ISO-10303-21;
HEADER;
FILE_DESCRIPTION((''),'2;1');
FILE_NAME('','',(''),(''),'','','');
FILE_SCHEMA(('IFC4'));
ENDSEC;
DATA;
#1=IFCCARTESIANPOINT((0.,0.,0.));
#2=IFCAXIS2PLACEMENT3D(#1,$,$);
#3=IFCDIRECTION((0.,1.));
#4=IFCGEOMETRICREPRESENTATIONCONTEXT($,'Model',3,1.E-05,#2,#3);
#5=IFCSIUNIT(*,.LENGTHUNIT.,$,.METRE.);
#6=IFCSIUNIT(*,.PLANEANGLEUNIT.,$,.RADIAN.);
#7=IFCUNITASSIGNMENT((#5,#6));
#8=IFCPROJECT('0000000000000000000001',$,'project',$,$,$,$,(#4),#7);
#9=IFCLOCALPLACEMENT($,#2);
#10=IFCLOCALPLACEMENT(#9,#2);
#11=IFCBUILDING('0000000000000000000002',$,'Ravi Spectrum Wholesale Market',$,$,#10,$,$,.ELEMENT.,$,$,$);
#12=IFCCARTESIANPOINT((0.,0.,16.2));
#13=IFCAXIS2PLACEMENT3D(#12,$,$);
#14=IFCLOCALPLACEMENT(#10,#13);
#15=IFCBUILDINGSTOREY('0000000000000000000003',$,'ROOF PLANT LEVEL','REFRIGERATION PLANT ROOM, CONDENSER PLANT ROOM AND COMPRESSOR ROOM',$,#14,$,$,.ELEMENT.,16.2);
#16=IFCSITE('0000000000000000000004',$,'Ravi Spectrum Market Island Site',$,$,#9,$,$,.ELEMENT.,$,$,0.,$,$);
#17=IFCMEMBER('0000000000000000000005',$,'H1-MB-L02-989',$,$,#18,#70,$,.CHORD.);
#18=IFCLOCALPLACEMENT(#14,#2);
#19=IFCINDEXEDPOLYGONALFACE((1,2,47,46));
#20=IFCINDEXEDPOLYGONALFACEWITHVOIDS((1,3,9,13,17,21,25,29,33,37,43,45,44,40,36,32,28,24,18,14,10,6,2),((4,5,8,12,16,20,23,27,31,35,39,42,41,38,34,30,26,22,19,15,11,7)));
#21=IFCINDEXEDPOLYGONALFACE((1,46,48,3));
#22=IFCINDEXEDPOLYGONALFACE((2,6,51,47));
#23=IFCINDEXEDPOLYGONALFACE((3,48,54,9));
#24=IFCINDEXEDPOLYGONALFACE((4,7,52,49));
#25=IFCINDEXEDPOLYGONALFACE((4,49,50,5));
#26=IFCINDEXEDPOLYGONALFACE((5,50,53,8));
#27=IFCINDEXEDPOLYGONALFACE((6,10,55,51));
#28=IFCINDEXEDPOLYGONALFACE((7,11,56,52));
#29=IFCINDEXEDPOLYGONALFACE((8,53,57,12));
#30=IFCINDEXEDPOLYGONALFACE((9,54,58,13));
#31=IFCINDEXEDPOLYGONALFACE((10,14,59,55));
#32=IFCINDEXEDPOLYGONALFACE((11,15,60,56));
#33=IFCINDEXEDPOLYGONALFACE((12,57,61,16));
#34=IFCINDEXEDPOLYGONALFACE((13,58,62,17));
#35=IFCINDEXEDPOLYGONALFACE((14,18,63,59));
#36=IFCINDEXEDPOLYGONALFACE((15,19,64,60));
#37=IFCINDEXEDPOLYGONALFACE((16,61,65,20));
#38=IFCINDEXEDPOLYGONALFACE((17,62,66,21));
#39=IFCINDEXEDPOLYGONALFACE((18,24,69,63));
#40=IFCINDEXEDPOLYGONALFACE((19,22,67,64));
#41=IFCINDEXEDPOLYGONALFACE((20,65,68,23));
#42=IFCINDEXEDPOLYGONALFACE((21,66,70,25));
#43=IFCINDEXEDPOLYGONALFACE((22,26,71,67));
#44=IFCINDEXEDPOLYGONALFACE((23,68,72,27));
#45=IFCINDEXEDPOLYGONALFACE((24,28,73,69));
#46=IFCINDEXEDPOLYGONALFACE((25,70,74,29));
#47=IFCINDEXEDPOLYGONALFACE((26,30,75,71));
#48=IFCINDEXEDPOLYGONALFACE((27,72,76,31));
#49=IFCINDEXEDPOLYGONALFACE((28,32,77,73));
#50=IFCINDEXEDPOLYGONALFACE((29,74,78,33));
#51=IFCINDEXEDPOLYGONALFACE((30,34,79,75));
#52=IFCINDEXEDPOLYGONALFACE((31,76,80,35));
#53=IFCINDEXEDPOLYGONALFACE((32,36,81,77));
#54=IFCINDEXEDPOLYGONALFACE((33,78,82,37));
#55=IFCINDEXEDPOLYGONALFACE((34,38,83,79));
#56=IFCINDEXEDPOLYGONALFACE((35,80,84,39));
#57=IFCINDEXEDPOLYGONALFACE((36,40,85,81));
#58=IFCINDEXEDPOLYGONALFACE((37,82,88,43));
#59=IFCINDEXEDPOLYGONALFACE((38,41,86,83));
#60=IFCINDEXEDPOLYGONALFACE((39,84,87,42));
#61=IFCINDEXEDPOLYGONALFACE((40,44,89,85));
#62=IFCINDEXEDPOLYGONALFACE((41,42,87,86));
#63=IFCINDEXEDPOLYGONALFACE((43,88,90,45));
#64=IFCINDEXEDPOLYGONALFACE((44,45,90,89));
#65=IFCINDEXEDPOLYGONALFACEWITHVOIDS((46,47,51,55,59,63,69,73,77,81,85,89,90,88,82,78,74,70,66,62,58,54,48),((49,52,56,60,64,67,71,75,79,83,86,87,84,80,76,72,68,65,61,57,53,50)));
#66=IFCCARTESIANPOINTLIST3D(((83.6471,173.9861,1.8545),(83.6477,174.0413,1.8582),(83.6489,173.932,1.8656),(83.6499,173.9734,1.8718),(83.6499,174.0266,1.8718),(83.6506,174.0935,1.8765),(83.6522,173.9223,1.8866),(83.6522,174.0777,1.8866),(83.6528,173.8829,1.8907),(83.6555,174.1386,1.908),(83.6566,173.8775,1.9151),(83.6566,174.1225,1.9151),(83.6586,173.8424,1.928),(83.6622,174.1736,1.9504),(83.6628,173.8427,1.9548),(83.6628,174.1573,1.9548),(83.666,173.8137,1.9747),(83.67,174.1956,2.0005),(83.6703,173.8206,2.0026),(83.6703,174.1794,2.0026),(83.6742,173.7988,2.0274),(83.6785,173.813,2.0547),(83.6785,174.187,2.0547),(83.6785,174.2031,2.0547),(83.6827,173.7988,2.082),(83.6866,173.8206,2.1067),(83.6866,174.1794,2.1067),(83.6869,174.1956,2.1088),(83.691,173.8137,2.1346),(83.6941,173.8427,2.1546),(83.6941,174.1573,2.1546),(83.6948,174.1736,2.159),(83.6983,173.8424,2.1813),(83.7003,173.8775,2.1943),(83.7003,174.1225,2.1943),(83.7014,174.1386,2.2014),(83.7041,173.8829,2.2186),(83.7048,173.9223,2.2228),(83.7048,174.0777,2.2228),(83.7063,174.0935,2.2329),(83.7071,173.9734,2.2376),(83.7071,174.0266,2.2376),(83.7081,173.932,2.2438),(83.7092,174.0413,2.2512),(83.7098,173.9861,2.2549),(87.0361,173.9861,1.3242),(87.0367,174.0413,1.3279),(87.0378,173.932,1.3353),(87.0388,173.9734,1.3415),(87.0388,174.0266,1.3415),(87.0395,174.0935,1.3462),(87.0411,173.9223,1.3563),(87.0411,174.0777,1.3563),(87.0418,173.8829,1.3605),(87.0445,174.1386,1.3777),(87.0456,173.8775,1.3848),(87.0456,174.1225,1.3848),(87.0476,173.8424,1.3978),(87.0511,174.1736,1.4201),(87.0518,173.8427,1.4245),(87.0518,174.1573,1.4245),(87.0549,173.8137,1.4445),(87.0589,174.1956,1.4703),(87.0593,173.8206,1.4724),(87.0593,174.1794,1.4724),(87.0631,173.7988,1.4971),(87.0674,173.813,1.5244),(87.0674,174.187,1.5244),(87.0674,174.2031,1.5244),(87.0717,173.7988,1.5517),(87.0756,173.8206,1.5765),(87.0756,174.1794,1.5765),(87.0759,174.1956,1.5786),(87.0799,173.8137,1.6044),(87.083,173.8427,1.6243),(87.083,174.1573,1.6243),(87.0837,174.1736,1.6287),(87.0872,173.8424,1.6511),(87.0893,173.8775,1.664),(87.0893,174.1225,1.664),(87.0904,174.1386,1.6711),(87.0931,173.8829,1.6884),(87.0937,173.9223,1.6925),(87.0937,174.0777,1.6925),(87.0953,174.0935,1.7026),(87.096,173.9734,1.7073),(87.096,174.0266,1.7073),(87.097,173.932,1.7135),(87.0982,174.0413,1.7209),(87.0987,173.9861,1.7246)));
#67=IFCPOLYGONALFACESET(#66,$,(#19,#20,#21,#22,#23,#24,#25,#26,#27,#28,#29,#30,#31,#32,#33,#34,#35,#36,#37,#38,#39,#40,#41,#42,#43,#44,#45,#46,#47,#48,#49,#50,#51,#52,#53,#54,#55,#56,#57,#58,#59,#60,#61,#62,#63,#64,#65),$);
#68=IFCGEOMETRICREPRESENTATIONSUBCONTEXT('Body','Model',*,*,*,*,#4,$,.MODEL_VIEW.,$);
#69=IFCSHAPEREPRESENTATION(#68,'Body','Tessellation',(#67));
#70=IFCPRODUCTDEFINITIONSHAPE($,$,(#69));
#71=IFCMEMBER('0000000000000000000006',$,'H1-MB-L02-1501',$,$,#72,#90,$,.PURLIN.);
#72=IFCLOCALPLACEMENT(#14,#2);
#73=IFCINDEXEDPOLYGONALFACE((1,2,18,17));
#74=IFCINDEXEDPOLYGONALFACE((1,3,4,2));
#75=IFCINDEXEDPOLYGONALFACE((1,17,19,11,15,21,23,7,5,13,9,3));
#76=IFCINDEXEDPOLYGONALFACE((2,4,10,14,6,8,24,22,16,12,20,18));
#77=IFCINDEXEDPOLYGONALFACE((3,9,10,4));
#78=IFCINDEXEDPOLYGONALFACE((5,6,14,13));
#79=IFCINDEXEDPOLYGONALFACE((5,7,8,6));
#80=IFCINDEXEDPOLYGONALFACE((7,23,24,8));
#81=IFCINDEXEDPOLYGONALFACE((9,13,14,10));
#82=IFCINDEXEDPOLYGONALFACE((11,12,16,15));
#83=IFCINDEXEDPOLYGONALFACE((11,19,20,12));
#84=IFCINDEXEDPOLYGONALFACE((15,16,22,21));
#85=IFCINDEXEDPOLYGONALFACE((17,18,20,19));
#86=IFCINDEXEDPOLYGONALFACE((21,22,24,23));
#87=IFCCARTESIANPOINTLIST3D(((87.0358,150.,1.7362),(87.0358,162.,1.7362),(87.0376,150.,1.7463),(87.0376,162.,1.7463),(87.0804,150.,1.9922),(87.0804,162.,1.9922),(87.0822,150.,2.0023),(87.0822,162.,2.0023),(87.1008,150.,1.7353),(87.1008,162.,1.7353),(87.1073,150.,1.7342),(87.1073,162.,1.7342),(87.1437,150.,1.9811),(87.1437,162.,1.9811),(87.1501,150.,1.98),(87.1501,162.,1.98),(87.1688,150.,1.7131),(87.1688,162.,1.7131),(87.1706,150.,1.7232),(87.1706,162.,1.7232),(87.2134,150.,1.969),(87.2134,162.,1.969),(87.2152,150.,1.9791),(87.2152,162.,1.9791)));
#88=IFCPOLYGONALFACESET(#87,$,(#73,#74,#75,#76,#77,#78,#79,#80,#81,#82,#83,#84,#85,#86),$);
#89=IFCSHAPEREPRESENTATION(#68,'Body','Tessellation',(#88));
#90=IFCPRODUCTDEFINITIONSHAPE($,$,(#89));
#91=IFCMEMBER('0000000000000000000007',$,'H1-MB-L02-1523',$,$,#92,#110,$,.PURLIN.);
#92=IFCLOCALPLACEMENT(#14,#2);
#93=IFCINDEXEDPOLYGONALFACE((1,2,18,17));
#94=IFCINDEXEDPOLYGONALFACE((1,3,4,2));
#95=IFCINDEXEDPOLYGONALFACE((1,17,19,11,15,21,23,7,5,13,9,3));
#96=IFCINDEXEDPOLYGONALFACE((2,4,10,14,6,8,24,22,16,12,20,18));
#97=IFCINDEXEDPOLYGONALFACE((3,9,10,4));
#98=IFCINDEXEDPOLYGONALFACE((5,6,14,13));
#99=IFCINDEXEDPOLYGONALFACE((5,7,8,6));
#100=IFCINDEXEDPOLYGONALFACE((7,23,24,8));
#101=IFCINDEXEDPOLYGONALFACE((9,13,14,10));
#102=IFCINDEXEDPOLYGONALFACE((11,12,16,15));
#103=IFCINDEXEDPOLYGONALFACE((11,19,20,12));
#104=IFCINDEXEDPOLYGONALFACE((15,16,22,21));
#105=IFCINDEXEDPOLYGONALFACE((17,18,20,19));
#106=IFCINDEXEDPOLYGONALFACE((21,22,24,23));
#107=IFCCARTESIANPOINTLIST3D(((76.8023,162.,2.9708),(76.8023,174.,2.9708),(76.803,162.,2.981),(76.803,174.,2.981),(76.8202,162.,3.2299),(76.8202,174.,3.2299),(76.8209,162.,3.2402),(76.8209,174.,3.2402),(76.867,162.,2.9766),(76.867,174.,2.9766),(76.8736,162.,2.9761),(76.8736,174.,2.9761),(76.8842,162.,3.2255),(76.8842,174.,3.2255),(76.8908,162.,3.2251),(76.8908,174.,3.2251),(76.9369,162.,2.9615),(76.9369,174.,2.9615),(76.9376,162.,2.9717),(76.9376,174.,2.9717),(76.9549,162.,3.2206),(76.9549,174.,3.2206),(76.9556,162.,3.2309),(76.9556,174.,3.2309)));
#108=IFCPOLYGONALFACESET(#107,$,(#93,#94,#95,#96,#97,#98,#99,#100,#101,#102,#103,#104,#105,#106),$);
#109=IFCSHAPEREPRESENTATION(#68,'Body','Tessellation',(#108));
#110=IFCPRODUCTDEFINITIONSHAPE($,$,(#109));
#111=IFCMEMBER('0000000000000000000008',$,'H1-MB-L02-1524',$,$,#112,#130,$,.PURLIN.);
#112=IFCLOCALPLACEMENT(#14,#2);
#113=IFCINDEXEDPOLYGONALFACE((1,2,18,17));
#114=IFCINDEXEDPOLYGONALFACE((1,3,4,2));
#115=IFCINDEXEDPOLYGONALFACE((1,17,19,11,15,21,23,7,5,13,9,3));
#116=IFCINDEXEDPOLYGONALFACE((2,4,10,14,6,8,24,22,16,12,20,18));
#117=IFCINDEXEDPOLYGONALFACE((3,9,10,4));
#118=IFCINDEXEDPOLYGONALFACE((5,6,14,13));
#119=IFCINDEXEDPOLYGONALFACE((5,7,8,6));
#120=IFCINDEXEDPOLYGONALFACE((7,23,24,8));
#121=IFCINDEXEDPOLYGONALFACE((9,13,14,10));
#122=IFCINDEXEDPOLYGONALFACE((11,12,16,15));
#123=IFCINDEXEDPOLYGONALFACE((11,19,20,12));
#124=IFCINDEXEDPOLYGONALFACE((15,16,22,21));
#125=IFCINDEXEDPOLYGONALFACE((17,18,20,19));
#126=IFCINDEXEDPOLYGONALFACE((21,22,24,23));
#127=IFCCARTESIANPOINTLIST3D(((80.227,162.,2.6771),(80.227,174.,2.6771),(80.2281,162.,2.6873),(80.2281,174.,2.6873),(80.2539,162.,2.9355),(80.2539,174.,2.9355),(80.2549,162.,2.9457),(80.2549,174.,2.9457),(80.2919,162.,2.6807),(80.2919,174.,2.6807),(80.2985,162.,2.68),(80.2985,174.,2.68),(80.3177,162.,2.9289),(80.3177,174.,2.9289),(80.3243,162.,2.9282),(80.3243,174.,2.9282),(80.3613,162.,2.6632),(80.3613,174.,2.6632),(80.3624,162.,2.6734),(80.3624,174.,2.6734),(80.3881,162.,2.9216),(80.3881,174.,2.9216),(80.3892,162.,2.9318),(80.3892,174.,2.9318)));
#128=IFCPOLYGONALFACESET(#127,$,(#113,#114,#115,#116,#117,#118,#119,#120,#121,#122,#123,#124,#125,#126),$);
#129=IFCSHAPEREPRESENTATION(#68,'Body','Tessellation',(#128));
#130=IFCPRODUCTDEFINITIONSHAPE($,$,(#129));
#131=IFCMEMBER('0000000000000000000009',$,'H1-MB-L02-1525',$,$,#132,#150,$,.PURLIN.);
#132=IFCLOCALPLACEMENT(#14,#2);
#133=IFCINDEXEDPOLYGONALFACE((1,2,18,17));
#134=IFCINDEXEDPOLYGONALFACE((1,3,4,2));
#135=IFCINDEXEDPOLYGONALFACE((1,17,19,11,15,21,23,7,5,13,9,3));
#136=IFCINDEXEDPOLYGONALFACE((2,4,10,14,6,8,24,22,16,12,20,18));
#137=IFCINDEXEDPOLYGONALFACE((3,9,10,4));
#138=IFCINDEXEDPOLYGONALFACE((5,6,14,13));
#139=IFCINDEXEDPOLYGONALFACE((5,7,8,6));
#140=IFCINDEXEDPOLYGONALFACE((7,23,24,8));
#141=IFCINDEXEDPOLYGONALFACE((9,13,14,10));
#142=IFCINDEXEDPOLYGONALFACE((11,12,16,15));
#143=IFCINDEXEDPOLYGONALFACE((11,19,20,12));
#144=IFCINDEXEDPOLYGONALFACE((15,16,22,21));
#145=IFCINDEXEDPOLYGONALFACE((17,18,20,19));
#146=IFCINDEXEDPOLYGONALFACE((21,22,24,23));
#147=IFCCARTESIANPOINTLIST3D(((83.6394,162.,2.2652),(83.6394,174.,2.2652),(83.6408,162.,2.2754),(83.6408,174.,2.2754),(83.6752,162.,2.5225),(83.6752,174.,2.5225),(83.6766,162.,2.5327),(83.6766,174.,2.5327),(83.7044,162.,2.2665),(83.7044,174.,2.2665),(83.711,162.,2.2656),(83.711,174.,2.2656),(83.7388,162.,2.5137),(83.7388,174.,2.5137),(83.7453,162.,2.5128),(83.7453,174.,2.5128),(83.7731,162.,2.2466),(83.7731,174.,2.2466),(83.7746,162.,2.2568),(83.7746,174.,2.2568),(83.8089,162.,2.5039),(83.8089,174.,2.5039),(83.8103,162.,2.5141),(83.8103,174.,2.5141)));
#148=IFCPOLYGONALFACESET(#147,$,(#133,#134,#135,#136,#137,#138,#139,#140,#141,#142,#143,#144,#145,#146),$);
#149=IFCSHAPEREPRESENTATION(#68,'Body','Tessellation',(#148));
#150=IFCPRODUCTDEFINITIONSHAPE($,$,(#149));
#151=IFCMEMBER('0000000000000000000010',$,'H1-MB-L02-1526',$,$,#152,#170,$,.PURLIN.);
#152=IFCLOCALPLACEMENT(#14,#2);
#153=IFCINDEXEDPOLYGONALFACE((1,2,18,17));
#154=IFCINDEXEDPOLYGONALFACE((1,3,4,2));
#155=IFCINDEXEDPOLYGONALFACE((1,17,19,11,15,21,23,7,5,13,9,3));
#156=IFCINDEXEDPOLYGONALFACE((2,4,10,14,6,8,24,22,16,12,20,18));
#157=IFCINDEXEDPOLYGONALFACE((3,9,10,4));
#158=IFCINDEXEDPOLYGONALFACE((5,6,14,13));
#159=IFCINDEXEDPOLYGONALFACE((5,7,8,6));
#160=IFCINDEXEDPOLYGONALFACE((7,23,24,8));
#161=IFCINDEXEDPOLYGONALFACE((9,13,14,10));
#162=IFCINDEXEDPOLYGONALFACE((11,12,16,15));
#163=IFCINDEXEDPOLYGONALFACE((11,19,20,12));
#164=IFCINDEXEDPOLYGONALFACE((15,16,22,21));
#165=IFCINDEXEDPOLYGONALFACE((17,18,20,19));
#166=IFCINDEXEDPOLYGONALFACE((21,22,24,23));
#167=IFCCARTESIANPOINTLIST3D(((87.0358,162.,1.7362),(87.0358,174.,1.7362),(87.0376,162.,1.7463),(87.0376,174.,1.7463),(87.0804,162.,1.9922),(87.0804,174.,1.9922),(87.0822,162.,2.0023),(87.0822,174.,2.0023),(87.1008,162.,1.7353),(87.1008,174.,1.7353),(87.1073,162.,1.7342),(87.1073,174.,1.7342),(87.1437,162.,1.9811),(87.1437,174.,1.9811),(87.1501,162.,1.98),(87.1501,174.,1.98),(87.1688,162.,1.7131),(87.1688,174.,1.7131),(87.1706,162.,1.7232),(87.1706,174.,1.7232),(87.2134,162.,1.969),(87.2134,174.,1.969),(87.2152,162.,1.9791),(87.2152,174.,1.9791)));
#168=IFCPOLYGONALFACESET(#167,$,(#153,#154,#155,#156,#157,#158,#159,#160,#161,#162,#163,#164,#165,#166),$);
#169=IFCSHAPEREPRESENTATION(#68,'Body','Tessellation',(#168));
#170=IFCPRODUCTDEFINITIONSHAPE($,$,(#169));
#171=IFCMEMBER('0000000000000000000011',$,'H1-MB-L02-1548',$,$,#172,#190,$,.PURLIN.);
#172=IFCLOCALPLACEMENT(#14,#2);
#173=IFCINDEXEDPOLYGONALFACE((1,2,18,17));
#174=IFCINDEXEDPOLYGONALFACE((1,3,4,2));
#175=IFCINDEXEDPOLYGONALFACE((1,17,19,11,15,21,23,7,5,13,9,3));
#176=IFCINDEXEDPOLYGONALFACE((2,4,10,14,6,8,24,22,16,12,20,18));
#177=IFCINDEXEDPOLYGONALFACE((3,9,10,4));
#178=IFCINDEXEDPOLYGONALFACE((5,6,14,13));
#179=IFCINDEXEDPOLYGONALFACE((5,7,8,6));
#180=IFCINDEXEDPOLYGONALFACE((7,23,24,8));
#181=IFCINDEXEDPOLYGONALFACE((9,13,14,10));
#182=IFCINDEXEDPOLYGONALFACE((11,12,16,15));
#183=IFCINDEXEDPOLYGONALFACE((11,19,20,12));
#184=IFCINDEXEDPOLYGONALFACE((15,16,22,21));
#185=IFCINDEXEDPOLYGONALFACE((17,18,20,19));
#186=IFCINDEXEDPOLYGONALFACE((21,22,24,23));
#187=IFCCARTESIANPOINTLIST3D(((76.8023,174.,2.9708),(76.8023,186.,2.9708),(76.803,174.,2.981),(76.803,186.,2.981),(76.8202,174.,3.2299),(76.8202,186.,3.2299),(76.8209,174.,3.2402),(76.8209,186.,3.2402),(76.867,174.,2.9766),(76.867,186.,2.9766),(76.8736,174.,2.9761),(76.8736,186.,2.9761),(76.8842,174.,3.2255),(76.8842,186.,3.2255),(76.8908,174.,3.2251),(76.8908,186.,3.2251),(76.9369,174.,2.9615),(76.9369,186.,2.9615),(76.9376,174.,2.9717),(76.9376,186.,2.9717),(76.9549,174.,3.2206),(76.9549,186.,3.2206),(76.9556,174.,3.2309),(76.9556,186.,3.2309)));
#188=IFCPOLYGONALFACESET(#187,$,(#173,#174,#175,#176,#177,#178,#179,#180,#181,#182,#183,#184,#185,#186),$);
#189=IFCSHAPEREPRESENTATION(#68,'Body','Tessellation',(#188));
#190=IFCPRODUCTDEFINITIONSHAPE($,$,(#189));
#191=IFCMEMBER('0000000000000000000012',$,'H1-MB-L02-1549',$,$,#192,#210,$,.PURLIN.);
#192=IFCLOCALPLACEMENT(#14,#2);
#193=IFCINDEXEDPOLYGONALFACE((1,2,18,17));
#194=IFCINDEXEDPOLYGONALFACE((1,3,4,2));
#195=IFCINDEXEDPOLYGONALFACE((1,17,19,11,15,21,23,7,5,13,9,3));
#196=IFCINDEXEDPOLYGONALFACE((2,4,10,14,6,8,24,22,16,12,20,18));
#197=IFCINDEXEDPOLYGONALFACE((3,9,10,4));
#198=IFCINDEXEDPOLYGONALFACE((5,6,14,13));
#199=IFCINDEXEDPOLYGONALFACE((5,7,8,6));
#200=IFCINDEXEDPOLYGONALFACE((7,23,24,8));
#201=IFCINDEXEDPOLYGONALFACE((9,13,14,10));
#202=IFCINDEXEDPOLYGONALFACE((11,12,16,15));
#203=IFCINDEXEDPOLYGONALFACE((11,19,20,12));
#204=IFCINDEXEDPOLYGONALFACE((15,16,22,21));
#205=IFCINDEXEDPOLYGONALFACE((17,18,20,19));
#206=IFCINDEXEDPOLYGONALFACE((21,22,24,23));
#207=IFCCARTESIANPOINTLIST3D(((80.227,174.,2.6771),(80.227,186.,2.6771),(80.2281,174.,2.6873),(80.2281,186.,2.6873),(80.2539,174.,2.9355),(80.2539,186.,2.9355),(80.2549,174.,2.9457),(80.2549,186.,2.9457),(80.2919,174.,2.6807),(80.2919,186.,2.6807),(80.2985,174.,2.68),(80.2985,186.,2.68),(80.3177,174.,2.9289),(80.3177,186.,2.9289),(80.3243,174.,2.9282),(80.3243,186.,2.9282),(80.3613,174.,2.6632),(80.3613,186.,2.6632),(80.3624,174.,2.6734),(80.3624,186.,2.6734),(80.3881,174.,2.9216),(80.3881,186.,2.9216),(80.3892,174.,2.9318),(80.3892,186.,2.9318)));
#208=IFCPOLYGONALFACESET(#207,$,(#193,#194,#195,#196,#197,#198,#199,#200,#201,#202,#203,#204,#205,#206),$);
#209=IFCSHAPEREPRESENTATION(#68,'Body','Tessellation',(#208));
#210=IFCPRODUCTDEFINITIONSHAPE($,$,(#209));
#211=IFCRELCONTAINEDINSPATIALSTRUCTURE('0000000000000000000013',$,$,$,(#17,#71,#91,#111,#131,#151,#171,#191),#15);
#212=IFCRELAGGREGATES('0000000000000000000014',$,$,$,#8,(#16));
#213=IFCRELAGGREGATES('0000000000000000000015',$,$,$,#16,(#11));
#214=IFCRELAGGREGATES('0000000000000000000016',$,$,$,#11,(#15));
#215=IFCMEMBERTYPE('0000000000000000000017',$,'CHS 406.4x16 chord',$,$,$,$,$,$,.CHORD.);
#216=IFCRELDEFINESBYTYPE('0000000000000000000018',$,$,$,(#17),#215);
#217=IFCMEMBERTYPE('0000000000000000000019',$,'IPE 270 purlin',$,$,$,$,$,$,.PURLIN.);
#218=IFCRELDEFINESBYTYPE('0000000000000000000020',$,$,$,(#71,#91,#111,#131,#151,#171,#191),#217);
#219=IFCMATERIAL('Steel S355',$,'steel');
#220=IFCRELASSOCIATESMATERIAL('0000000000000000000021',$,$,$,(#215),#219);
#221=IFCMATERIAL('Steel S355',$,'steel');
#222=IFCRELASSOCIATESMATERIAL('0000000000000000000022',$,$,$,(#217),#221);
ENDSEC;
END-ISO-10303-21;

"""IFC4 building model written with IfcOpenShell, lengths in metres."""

from ifc_helpers import new_model, si_unit, direction, frame, origin, origin_2d, place, context, subcontext, project, spatial, hollow_circle, i_section, extrude, material, material_profile, profile_set, type_object, element, save


model = new_model("IFC4")

# Units and contexts
model_context = context("Model", 3, precision=1e-05, world=origin(), true_north=direction((0.0, 1.0)))
body_context = subcontext(model_context, "Body", "Model", "MODEL_VIEW")
ifc_project = project(units=[si_unit("LENGTHUNIT", "METRE"), si_unit("PLANEANGLEUNIT", "RADIAN")], contexts=[model_context])

# Site, building, storey
site_placement = place(None, origin())
site = spatial("IfcSite", under=ifc_project, at=site_placement, Name="Ravi Spectrum Market Island Site", CompositionType="ELEMENT", RefElevation=0.0)
building_placement = place(site_placement, origin())
building = spatial("IfcBuilding", under=site, at=building_placement, Name="Ravi Spectrum Wholesale Market", CompositionType="ELEMENT")
storey_placement = place(building_placement, frame((0.0, 0.0, 16.2)))
storey = spatial("IfcBuildingStorey", under=building, at=storey_placement, Name="ROOF PLANT LEVEL", Description="REFRIGERATION PLANT ROOM, CONDENSER PLANT ROOM AND COMPRESSOR ROOM", CompositionType="ELEMENT", Elevation=16.2)

# Members
ifc_material_1 = material(Name="Steel S355", Category="steel")
ifc_material_profile_1 = material_profile(ifc_material_1, hollow_circle(Radius=0.2031, WallThickness=0.0161, at=origin_2d()))
ifc_profile_set_1 = profile_set([ifc_material_profile_1], Name="Steel S355")
member_type_1 = type_object("IfcMemberType", Name="CHS 406.4x16 chord", PredefinedType="CHORD", material=ifc_profile_set_1)
for number, where, z_axis, x_axis, name in (
    (1, (83.6785, 174.0, 2.0547), (0.987978, 0.0, -0.154592), (0.0, 1.0, 0.0), "H1-MB-L02-989"),
):
    element("IfcMember", number, at=place(storey_placement, frame(where, z_axis=z_axis, x_axis=x_axis)), inside=storey, type_object=member_type_1, Name=name, PredefinedType="CHORD", context=body_context, shape_type="SweptSolid", body=[
        extrude(hollow_circle(Radius=0.2031, WallThickness=0.0161, at=origin_2d()), origin(), (0.0, 0.0, 1.0), 3.4302),
    ])
ifc_material_2 = material(Name="Steel S355", Category="steel")
ifc_material_profile_2 = material_profile(ifc_material_2, i_section(OverallWidth=0.135, OverallDepth=0.27, WebThickness=0.0066, FlangeThickness=0.0103, at=origin_2d()))
ifc_profile_set_2 = profile_set([ifc_material_profile_2], Name="Steel S355")
member_type_2 = type_object("IfcMemberType", Name="IPE 270 purlin", PredefinedType="PURLIN", material=ifc_profile_set_2)
for number, where, z_axis, x_axis, name in (
    (2, (87.1255, 150.0, 1.8577), (0.0, 1.0, 0.0), (-0.98516, 0.0, 0.171639), "H1-MB-L02-1501"),
    (3, (76.8789, 162.0, 3.1008), (0.0, 1.0, 0.0), (-0.997621, 0.0, 0.068943), "H1-MB-L02-1523"),
    (4, (80.3081, 162.0, 2.8044), (0.0, 1.0, 0.0), (-0.994649, 0.0, 0.103311), "H1-MB-L02-1524"),
    (5, (83.7249, 162.0, 2.3896), (0.0, 1.0, 0.0), (-0.990494, 0.0, 0.137557), "H1-MB-L02-1525"),
    (6, (87.1255, 162.0, 1.8577), (0.0, 1.0, 0.0), (-0.98516, 0.0, 0.171639), "H1-MB-L02-1526"),
    (7, (76.8789, 174.0, 3.1008), (0.0, 1.0, 0.0), (-0.997621, 0.0, 0.068943), "H1-MB-L02-1548"),
    (8, (80.3081, 174.0, 2.8044), (0.0, 1.0, 0.0), (-0.994649, 0.0, 0.103311), "H1-MB-L02-1549"),
):
    element("IfcMember", number, at=place(storey_placement, frame(where, z_axis=z_axis, x_axis=x_axis)), inside=storey, type_object=member_type_2, Name=name, PredefinedType="PURLIN", context=body_context, shape_type="SweptSolid", body=[
        extrude(i_section(OverallWidth=0.135, OverallDepth=0.27, WebThickness=0.0066, FlangeThickness=0.0103, at=origin_2d()), origin(), (0.0, 0.0, 1.0), 12.0),
    ])

save(model, "model.ifc")
